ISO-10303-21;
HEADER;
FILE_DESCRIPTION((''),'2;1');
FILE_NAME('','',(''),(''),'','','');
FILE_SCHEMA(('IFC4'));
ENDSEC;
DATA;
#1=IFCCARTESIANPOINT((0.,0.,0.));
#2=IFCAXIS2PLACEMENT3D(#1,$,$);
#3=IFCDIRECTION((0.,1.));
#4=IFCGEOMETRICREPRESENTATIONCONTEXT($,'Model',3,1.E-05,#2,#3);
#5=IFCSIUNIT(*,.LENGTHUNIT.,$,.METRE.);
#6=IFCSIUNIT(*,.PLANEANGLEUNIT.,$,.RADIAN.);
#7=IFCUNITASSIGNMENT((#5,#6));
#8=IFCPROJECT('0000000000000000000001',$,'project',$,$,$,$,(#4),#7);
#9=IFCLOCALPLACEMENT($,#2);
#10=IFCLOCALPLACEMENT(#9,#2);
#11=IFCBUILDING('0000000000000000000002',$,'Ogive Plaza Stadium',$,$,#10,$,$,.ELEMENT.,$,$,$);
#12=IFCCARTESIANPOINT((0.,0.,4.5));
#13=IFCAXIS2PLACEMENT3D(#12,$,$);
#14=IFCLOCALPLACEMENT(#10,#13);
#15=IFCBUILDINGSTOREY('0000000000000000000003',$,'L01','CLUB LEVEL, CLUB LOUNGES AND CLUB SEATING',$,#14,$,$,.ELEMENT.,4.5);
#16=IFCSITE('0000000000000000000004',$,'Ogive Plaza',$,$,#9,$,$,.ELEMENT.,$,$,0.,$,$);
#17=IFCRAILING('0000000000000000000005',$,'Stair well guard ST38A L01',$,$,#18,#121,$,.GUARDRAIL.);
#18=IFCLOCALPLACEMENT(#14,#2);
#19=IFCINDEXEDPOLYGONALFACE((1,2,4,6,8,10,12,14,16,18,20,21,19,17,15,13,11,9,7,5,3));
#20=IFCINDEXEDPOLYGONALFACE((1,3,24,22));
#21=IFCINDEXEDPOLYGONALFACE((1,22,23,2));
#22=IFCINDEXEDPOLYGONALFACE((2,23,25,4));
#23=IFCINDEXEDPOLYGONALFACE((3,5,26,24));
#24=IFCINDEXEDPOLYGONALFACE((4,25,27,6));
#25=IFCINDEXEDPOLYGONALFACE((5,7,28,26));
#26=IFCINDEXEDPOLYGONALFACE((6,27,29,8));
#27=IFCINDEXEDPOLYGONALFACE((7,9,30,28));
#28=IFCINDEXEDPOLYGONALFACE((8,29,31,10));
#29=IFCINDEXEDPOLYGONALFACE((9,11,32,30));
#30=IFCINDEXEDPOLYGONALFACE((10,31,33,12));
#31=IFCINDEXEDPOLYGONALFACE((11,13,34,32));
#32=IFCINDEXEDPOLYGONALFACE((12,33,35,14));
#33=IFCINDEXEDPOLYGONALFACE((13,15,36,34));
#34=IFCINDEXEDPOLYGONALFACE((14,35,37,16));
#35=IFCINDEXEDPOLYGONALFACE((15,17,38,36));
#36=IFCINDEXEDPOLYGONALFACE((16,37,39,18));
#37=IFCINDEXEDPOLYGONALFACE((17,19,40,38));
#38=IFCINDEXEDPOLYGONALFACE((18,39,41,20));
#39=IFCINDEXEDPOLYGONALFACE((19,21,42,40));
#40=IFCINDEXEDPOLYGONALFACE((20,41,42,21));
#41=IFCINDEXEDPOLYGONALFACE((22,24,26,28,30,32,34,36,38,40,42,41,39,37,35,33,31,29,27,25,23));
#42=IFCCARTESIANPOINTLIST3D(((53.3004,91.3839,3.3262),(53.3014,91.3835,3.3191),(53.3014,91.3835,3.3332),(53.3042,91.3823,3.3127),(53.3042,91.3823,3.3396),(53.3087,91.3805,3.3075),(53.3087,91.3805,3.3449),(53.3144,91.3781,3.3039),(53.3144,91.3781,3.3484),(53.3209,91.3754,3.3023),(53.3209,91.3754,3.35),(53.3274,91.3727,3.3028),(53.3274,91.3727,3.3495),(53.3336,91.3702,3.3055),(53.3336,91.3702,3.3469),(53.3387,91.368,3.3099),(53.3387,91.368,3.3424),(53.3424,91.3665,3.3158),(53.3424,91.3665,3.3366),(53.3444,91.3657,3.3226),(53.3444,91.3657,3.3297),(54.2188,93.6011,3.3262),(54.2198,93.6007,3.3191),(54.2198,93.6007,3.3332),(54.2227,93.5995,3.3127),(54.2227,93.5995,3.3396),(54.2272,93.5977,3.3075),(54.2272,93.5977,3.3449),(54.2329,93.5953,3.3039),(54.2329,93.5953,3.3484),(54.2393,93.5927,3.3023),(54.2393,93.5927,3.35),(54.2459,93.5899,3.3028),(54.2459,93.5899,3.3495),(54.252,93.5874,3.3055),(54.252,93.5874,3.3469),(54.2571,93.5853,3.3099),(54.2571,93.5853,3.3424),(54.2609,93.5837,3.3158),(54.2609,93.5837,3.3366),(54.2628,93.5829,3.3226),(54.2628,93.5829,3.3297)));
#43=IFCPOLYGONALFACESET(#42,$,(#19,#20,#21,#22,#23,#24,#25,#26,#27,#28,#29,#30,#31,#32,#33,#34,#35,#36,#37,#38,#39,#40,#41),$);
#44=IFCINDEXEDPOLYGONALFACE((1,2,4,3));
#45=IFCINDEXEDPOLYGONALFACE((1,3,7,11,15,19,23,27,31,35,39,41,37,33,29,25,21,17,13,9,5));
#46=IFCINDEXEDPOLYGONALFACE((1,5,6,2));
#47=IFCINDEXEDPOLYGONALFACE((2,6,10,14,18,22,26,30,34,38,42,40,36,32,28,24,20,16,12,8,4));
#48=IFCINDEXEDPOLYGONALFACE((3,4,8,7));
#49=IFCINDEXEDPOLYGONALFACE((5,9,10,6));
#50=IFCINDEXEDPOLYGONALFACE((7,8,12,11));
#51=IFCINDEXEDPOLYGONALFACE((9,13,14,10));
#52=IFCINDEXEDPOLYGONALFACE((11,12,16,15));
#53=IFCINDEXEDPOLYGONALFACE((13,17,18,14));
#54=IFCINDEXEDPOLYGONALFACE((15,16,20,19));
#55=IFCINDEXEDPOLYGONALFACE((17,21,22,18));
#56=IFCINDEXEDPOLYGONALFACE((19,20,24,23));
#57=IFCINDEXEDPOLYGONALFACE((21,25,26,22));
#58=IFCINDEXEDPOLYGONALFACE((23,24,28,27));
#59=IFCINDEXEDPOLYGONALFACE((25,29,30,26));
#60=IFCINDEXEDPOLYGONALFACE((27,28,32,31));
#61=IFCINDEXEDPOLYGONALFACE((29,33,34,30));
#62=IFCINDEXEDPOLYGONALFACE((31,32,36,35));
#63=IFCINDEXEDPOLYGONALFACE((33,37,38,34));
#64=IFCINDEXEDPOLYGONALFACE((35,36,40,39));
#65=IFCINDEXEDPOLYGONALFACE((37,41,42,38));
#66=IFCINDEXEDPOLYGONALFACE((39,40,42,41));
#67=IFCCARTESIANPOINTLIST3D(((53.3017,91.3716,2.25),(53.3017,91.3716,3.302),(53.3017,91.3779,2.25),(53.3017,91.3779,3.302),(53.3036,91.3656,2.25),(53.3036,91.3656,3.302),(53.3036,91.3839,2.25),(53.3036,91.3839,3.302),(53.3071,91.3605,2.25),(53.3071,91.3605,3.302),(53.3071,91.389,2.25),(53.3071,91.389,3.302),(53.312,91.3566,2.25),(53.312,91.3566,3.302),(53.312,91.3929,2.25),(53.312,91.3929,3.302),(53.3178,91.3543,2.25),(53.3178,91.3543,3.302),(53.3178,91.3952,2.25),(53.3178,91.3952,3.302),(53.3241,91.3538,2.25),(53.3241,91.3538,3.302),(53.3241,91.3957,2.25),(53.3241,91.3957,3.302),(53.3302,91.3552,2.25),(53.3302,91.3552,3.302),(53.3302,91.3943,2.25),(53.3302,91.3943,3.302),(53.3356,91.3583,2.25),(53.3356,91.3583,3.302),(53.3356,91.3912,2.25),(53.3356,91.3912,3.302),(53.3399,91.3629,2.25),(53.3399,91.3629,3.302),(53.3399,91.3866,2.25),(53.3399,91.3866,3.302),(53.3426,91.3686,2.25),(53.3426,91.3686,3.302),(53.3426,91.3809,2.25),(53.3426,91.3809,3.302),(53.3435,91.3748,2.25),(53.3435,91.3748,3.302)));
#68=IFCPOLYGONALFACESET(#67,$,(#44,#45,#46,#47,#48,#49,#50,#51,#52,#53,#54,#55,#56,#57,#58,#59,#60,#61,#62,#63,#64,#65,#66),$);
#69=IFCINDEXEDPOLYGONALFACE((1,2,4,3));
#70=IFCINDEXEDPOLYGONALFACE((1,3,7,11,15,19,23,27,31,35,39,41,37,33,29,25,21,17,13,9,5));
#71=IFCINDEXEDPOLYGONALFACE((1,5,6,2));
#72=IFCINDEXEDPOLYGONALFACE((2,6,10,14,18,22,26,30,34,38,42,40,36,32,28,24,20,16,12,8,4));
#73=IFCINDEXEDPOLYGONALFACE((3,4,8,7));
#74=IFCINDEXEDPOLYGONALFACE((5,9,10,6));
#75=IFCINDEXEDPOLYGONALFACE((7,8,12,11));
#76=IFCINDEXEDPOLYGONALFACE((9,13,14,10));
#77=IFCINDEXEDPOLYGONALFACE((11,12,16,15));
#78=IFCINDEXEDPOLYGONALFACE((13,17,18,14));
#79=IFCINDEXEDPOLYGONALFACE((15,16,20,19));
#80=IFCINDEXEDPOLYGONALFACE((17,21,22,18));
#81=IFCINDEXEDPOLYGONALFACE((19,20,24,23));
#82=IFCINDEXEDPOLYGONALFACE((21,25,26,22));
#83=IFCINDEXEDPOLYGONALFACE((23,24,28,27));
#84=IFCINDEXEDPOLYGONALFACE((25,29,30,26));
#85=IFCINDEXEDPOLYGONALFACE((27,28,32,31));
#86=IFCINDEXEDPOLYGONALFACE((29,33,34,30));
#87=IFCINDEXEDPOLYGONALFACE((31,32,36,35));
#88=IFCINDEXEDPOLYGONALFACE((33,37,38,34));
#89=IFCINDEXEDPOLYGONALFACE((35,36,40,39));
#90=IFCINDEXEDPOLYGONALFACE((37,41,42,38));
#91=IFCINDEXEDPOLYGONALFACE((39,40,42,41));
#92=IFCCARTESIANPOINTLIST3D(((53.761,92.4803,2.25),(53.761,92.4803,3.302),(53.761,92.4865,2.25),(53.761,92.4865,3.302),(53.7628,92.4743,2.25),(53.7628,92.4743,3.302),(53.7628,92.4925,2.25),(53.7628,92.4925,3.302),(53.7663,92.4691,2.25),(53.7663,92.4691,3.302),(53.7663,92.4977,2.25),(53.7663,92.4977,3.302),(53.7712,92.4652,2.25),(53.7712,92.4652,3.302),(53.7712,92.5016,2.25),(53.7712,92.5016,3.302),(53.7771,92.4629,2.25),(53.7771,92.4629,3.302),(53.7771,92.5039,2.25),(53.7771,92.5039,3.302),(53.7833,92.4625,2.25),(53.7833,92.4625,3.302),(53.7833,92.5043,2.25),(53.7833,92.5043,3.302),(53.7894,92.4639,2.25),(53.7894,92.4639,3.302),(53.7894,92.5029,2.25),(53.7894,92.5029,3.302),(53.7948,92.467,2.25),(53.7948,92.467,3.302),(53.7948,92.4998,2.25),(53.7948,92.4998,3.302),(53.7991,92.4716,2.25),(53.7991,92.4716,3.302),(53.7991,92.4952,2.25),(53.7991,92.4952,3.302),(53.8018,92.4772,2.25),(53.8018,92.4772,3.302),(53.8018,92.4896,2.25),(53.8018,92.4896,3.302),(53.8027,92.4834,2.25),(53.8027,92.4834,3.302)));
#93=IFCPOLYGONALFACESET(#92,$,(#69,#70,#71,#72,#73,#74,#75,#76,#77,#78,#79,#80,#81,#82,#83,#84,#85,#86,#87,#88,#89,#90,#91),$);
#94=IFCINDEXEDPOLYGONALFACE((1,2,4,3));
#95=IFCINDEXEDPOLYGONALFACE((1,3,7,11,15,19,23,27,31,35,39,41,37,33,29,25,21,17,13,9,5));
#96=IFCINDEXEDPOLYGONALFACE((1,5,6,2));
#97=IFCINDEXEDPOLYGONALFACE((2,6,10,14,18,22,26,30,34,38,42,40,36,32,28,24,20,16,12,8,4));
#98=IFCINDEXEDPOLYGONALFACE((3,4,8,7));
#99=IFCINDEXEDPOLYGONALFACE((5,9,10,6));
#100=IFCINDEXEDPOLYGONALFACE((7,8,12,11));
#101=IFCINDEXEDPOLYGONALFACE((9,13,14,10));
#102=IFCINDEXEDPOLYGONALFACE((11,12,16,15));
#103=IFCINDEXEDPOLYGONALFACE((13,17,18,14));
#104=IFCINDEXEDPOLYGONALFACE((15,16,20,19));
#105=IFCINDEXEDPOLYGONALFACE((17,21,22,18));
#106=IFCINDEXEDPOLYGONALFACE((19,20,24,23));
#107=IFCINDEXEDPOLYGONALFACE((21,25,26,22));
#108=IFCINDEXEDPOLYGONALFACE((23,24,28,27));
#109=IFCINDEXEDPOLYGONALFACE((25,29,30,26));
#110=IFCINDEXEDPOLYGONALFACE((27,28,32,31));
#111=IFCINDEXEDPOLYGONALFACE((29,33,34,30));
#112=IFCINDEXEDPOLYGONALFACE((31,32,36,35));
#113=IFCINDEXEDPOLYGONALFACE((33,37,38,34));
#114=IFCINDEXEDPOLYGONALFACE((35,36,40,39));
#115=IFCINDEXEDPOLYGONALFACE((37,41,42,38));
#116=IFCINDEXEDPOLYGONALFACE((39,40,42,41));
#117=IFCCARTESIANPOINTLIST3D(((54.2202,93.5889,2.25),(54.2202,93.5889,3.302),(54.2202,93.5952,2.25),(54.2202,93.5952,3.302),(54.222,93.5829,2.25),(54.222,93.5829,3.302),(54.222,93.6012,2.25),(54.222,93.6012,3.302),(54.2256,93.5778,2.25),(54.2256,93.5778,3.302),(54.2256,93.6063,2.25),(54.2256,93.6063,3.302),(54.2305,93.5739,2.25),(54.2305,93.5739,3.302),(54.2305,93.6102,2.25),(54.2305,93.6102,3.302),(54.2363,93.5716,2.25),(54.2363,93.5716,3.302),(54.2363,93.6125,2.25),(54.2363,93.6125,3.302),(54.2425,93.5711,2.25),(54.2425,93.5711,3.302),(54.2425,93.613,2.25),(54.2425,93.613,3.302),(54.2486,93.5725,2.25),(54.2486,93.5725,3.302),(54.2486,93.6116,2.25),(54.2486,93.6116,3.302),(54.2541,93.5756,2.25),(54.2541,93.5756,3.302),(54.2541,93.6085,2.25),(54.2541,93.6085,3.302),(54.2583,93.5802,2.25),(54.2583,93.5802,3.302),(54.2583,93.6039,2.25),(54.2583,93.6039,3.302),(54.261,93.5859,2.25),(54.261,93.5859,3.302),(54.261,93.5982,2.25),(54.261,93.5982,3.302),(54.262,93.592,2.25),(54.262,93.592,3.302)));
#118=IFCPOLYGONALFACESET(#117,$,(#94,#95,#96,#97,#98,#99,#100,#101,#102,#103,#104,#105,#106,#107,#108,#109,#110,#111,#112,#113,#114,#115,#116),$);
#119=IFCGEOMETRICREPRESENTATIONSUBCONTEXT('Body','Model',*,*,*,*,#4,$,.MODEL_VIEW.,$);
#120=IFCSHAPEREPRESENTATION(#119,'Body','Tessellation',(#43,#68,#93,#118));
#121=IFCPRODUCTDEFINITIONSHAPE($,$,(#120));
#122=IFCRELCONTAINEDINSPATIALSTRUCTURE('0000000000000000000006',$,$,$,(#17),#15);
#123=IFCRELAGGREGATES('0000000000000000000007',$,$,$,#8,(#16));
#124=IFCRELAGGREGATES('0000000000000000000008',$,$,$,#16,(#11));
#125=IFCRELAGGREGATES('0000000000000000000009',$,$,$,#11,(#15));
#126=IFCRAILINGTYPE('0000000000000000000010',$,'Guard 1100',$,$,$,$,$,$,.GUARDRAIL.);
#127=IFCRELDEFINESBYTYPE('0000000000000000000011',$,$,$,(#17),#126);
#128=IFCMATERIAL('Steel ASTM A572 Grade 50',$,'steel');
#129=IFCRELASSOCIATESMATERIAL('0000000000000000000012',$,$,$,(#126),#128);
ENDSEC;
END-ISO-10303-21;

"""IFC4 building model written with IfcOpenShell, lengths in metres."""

from ifc_helpers import new_model, si_unit, direction, frame, origin, origin_2d, place, context, subcontext, project, spatial, circle, extrude, material, type_object, element, save


model = new_model("IFC4")

# Units and contexts
model_context = context("Model", 3, precision=1e-05, world=origin(), true_north=direction((0.0, 1.0)))
body_context = subcontext(model_context, "Body", "Model", "MODEL_VIEW")
ifc_project = project(units=[si_unit("LENGTHUNIT", "METRE"), si_unit("PLANEANGLEUNIT", "RADIAN")], contexts=[model_context])

# Site, building, storey
site_placement = place(None, origin())
site = spatial("IfcSite", under=ifc_project, at=site_placement, Name="Ogive Plaza", CompositionType="ELEMENT", RefElevation=0.0)
building_placement = place(site_placement, origin())
building = spatial("IfcBuilding", under=site, at=building_placement, Name="Ogive Plaza Stadium", CompositionType="ELEMENT")
storey_placement = place(building_placement, frame((0.0, 0.0, 4.5)))
storey = spatial("IfcBuildingStorey", under=building, at=storey_placement, Name="L01", Description="CLUB LEVEL, CLUB LOUNGES AND CLUB SEATING", CompositionType="ELEMENT", Elevation=4.5)

# Railing
ifc_material_1 = material(Name="Steel ASTM A572 Grade 50", Category="steel")
railing_type_1 = type_object("IfcRailingType", Name="Guard 1100", PredefinedType="GUARDRAIL", material=ifc_material_1)
for number, where, name in (
    (1, (53.3225, 91.3748, 2.25), "Stair well guard ST38A L01"),
):
    element("IfcRailing", number, at=place(storey_placement, frame(where)), inside=storey, type_object=railing_type_1, Name=name, PredefinedType="GUARDRAIL", context=body_context, shape_type="SweptSolid", body=[
        extrude(circle(Radius=0.0239, at=origin_2d()), frame((0.0, 0.0, 1.0762), z_axis=(0.382693, 0.923875, 0.0), x_axis=(-0.923875, 0.382693, 0.0)), (0.0, 0.0, 1.0), 2.3999),
        extrude(circle(Radius=0.021, at=origin_2d()), origin(), (0.0, 0.0, 1.0), 1.052),
        extrude(circle(Radius=0.021, at=origin_2d()), frame((0.4592, 1.1086, 0.0)), (0.0, 0.0, 1.0), 1.052),
        extrude(circle(Radius=0.021, at=origin_2d()), frame((0.9185, 2.2173, 0.0)), (0.0, 0.0, 1.0), 1.052),
    ])

save(model, "model.ifc")
